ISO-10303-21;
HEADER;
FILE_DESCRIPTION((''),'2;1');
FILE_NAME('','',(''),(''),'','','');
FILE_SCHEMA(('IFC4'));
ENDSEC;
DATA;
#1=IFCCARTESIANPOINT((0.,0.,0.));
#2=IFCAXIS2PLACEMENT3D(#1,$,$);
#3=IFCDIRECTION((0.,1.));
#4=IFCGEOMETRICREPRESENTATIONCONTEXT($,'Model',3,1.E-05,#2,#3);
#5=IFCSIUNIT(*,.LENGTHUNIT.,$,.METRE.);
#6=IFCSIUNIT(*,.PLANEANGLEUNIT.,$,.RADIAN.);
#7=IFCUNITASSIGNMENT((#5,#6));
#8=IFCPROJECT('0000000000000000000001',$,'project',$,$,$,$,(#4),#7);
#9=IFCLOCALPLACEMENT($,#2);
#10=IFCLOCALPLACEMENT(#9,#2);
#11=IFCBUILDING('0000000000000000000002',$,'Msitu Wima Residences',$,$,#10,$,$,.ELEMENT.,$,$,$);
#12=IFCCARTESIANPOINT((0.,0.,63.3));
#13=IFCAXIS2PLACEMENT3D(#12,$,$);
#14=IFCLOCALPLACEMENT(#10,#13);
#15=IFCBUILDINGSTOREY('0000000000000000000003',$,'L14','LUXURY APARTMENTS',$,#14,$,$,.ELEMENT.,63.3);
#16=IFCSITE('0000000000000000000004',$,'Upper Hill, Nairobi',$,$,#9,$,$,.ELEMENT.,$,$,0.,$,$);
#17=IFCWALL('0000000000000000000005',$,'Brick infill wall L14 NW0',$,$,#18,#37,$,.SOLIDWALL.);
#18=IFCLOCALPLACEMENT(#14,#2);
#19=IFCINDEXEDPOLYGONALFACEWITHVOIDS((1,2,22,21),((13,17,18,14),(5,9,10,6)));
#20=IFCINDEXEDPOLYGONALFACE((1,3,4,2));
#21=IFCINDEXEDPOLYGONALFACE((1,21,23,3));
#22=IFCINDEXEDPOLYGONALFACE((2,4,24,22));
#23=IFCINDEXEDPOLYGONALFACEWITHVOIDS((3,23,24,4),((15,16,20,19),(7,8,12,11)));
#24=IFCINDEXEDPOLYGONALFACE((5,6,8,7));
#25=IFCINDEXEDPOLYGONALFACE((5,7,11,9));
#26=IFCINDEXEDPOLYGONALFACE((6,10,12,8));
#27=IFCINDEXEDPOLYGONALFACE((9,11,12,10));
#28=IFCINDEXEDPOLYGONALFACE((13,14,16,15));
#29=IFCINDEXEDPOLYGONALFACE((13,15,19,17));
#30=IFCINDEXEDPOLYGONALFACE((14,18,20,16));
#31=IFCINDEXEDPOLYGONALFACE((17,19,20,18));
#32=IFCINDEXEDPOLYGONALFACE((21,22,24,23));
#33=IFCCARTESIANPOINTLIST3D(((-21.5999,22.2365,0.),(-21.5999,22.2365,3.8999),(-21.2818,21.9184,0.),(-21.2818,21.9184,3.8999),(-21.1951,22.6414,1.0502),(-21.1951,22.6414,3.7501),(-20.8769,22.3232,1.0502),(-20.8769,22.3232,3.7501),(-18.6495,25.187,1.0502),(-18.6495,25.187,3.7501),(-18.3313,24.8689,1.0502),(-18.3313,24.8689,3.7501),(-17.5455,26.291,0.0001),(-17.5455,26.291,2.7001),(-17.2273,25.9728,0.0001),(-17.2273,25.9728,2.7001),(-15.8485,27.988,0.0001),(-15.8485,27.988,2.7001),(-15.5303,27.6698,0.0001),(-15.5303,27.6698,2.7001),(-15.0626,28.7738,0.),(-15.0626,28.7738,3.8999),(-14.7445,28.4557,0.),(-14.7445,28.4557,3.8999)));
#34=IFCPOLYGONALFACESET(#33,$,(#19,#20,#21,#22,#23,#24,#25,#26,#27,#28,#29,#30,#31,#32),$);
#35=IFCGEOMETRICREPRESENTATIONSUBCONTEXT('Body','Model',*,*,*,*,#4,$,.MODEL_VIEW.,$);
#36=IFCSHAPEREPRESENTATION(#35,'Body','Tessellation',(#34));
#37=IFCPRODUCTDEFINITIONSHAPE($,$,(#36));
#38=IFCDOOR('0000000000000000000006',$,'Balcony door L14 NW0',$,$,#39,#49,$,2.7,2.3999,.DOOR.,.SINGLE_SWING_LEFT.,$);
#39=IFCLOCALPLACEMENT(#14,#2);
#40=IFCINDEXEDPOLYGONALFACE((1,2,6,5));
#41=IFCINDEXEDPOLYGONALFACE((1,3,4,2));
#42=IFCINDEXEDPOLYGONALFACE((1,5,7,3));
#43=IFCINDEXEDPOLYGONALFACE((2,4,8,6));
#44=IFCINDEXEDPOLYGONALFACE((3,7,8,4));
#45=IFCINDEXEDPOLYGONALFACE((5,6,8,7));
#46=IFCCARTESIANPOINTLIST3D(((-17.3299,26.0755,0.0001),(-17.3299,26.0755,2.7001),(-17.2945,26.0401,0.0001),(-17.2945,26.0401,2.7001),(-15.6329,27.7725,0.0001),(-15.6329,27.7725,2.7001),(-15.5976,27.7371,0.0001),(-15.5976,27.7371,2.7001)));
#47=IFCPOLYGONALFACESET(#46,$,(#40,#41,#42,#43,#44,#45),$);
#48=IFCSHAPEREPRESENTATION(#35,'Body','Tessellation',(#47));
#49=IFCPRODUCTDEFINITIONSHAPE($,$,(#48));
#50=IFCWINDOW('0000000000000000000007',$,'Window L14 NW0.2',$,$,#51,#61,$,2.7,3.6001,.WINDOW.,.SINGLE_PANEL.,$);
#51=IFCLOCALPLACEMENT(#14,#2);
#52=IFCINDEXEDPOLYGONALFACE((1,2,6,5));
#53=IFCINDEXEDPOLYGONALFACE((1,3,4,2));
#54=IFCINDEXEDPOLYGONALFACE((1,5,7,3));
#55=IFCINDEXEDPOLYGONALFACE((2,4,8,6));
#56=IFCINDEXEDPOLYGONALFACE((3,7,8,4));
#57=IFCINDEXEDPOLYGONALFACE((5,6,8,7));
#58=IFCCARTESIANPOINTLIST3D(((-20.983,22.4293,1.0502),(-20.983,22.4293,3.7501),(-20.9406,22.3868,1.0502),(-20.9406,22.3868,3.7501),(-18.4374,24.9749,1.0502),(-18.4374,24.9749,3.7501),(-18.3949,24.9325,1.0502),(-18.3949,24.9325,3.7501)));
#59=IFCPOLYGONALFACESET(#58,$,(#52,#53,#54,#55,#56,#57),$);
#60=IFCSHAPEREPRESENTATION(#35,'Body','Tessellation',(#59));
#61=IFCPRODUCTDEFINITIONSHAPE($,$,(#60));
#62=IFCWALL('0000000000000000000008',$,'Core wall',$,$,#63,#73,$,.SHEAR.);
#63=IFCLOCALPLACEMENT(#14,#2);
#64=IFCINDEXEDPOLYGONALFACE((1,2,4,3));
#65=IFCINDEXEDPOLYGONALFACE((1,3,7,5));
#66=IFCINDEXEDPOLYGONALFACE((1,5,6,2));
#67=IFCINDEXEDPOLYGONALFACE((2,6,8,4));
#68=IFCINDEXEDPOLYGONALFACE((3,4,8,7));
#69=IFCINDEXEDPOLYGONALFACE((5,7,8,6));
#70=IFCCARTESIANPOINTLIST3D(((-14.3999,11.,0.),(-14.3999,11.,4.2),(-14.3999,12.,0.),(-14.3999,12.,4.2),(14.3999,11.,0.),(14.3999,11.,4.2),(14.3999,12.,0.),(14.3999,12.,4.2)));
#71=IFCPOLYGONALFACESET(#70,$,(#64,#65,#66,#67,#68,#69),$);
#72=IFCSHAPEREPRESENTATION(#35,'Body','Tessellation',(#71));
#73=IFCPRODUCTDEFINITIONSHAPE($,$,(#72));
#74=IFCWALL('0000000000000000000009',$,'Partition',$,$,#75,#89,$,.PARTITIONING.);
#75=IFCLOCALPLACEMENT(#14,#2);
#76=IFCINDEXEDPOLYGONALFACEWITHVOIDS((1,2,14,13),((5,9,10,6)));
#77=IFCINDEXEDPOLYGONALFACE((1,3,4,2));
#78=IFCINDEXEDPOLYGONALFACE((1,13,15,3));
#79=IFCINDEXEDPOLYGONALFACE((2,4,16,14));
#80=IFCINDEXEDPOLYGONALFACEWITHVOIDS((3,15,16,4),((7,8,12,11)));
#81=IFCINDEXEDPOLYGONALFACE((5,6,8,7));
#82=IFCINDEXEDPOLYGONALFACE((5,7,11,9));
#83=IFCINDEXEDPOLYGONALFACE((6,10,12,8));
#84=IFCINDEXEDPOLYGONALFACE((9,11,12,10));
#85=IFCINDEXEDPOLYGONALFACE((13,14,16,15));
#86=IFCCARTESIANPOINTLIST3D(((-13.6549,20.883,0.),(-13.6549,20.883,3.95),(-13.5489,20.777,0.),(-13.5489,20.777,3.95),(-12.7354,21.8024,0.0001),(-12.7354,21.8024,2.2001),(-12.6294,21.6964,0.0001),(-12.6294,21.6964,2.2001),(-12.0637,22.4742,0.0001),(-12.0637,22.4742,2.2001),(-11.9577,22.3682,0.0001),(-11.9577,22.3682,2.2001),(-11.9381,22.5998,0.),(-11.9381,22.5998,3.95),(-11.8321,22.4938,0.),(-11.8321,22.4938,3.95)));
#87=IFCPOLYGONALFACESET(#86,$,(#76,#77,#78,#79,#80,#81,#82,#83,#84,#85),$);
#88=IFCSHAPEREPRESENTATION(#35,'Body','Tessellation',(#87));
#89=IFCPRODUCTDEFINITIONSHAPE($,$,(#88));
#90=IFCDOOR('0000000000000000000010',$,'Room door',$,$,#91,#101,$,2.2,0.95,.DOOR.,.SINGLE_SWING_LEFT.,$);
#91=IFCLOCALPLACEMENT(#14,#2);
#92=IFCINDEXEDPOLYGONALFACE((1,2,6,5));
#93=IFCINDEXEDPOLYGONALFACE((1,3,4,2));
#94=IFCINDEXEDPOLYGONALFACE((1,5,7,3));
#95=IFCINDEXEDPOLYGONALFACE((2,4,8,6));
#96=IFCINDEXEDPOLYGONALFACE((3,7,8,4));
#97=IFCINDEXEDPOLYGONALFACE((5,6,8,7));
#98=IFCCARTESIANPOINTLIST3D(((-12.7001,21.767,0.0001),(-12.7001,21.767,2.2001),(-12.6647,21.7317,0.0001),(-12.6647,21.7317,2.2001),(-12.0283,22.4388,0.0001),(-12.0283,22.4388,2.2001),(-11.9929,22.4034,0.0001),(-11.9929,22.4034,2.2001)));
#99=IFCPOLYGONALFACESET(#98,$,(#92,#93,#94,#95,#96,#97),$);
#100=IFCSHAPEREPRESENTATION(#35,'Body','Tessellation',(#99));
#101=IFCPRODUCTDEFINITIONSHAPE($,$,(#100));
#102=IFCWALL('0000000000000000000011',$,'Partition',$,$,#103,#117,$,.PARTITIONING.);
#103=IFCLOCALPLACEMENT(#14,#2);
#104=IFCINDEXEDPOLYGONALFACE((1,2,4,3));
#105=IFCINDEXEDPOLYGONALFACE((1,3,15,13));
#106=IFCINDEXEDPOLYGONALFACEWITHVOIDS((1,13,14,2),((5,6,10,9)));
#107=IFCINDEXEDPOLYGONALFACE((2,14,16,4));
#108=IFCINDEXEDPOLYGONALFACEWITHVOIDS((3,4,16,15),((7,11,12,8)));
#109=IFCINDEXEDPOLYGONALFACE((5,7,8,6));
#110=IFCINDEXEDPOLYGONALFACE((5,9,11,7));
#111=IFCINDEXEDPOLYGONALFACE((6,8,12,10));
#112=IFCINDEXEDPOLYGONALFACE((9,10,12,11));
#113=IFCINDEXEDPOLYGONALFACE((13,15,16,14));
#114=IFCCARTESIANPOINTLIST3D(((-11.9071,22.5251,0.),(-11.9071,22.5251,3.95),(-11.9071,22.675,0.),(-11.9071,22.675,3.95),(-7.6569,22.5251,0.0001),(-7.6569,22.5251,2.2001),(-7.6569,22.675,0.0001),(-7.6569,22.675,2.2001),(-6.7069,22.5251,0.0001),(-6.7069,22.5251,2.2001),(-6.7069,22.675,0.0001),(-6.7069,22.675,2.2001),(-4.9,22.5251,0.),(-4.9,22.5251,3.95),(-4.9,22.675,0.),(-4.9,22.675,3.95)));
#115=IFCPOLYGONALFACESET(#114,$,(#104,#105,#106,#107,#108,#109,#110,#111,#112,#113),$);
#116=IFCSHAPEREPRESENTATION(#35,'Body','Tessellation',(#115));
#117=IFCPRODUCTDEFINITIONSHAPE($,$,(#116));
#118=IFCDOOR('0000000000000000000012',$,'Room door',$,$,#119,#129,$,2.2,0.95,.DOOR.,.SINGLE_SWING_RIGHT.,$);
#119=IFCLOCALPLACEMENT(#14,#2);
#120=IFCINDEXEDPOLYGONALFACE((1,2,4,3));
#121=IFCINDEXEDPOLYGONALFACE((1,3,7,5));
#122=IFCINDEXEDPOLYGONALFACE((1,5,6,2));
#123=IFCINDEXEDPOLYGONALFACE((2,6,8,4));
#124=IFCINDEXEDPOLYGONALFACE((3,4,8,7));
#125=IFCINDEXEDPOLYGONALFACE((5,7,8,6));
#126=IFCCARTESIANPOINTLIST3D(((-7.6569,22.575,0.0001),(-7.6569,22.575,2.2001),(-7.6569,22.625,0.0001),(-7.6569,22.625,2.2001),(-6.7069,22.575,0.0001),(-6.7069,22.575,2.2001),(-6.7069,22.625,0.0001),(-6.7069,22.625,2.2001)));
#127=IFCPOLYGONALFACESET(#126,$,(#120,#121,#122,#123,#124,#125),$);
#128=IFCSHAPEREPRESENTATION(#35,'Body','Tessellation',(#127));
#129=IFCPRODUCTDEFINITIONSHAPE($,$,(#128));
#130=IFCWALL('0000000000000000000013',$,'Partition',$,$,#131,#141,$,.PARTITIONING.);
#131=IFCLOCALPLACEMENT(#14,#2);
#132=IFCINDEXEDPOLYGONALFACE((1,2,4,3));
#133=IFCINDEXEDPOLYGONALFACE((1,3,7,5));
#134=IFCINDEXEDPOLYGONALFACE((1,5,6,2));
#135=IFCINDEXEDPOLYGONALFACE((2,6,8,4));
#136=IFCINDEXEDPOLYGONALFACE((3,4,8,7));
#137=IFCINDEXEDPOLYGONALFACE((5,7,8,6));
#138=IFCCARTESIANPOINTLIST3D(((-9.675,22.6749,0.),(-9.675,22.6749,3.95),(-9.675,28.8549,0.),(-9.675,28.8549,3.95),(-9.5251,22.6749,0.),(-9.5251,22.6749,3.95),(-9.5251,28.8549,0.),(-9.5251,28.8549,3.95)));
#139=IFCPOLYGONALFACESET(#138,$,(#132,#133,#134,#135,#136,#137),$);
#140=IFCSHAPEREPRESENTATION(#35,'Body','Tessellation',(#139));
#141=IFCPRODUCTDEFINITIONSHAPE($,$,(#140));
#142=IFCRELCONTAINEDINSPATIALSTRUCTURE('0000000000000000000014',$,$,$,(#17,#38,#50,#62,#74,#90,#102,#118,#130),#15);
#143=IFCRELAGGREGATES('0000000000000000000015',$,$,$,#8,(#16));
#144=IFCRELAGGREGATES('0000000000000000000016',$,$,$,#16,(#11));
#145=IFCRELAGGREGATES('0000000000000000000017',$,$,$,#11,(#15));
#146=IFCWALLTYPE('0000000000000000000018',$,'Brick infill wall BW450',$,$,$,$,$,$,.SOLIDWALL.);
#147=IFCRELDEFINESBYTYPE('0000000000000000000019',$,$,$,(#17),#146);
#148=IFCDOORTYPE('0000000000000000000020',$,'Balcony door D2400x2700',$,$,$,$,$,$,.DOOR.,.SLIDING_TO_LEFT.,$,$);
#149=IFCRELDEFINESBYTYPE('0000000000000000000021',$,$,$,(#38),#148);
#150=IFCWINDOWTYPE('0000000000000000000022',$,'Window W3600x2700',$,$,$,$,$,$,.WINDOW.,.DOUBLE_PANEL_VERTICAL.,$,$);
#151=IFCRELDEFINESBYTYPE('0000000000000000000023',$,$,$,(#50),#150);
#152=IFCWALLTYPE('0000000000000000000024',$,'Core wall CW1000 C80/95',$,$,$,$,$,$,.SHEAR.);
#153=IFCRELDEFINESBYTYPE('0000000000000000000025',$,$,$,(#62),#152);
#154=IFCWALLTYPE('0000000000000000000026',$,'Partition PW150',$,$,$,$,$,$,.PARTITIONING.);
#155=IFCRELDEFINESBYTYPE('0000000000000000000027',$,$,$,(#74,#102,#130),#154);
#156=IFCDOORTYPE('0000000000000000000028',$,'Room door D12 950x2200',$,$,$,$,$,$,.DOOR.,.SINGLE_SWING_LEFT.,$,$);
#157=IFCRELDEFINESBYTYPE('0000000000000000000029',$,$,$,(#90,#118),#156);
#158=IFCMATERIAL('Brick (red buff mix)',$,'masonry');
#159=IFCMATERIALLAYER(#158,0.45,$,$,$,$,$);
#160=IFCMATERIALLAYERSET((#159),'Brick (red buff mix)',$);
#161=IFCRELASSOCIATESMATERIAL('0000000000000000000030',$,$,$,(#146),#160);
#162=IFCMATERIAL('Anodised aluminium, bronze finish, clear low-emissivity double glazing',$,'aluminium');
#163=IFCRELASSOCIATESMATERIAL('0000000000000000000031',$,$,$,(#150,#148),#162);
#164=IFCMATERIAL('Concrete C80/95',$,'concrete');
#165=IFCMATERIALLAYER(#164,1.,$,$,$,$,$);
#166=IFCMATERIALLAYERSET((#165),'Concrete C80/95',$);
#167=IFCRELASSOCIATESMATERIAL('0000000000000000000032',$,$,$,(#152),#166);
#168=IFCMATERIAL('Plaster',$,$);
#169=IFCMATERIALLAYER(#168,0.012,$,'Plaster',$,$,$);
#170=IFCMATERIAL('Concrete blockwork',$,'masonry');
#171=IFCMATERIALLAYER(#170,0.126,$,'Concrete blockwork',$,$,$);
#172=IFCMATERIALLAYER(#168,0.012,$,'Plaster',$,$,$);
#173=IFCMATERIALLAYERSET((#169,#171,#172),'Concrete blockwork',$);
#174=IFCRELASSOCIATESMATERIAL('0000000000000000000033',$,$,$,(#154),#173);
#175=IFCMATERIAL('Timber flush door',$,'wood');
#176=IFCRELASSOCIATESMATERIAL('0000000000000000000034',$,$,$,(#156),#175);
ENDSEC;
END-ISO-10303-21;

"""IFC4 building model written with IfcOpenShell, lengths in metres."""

from ifc_helpers import new_model, si_unit, direction, frame, frame_2d, origin, place, context, subcontext, project, spatial, rectangle, extrude, material, layer, layer_set, type_object, element, fill, save


model = new_model("IFC4")

# Units and contexts
model_context = context("Model", 3, precision=1e-05, world=origin(), true_north=direction((0.0, 1.0)))
body_context = subcontext(model_context, "Body", "Model", "MODEL_VIEW")
ifc_project = project(units=[si_unit("LENGTHUNIT", "METRE"), si_unit("PLANEANGLEUNIT", "RADIAN")], contexts=[model_context])

# Site, building, storey
site_placement = place(None, origin())
site = spatial("IfcSite", under=ifc_project, at=site_placement, Name="Upper Hill, Nairobi", CompositionType="ELEMENT", RefElevation=0.0)
building_placement = place(site_placement, origin())
building = spatial("IfcBuilding", under=site, at=building_placement, Name="Msitu Wima Residences", CompositionType="ELEMENT")
storey_placement = place(building_placement, frame((0.0, 0.0, 63.3)))
storey = spatial("IfcBuildingStorey", under=building, at=storey_placement, Name="L14", Description="LUXURY APARTMENTS", CompositionType="ELEMENT", Elevation=63.3)

# Shared definitions
ifc_material_1 = material(Name="Concrete C80/95", Category="concrete")

# Shared definitions
ifc_material_2 = material(Name="Brick (red buff mix)", Category="masonry")
ifc_layer_1 = layer(ifc_material_2, 0.45)
ifc_layer_set_1 = layer_set([ifc_layer_1], Name="Brick (red buff mix)")
wall_type_1 = type_object("IfcWallType", Name="Brick infill wall BW450", PredefinedType="SOLIDWALL", material=ifc_layer_set_1)
ifc_material_3 = material(Name="Anodised aluminium, bronze finish, clear low-emissivity double glazing", Category="aluminium")
window_type = type_object("IfcWindowType", Name="Window W3600x2700", PartitioningType="DOUBLE_PANEL_VERTICAL", PredefinedType="WINDOW", material=ifc_material_3)

# Wall, openings, door, window
wall_1_placement = place(storey_placement, frame((-14.9036, 28.6147, 0.0), z_axis=(0.0, 0.0, 1.0), x_axis=(-0.707107, -0.707107, 0.0)))
wall_1 = element("IfcWall", 1, at=wall_1_placement, inside=storey, type_object=wall_type_1, Name="Brick infill wall L14 NW0", PredefinedType="SOLIDWALL", context=body_context, shape_type="SweptSolid", body=[
    extrude(rectangle(XDim=9.2451, YDim=0.45, at=frame_2d((4.6226, 0.0))), origin(), (0.0, 0.0, 1.0), 3.8999),
])
opening_1_placement = place(wall_1_placement, frame((1.1113, 0.0, 0.0)))
opening_1 = element("IfcOpeningElement", 2, at=opening_1_placement, cuts=wall_1, PredefinedType="OPENING", context=body_context, shape_type="SweptSolid", body=[
    extrude(rectangle(XDim=2.3999, YDim=2.7, at=frame_2d((1.2, 1.3501))), frame((0.0, 0.2349, 0.0), z_axis=(0.0, -1.0, 0.0), x_axis=(1.0, 0.0, 0.0)), (0.0, 0.0, 1.0), 0.47),
])
opening_2_placement = place(wall_1_placement, frame((5.0725, 0.0, 1.05)))
opening_2 = element("IfcOpeningElement", 3, at=opening_2_placement, cuts=wall_1, PredefinedType="OPENING", context=body_context, shape_type="SweptSolid", body=[
    extrude(rectangle(XDim=3.6001, YDim=2.7, at=frame_2d((1.8, 1.3501))), frame((0.0, 0.2349, 0.0), z_axis=(0.0, -1.0, 0.0), x_axis=(1.0, 0.0, 0.0)), (0.0, 0.0, 1.0), 0.47),
])
door_type_1 = type_object("IfcDoorType", Name="Balcony door D2400x2700", OperationType="SLIDING_TO_LEFT", PredefinedType="DOOR", material=ifc_material_3)
door_1_placement = place(opening_1_placement, origin())
door_1 = element("IfcDoor", 4, at=door_1_placement, inside=storey, type_object=door_type_1, Name="Balcony door L14 NW0", OperationType="SINGLE_SWING_LEFT", OverallHeight=2.7, OverallWidth=2.3999, PredefinedType="DOOR", context=body_context, shape_type="SweptSolid", body=[
    extrude(rectangle(XDim=2.3999, YDim=2.7, at=frame_2d((1.2, 1.3501))), frame((0.0, 0.1299, 0.0), z_axis=(0.0, -1.0, 0.0), x_axis=(1.0, 0.0, 0.0)), (0.0, 0.0, 1.0), 0.05),
])
fill(opening_1, door_1)
window_1_placement = place(opening_2_placement, origin())
window_1 = element("IfcWindow", 5, at=window_1_placement, inside=storey, type_object=window_type, Name="Window L14 NW0.2", OverallHeight=2.7, OverallWidth=3.6001, PartitioningType="SINGLE_PANEL", PredefinedType="WINDOW", context=body_context, shape_type="SweptSolid", body=[
    extrude(rectangle(XDim=3.6001, YDim=2.7, at=frame_2d((1.8, 1.3501))), frame((0.0, 0.135, 0.0), z_axis=(0.0, -1.0, 0.0), x_axis=(1.0, 0.0, 0.0)), (0.0, 0.0, 1.0), 0.0601),
])
fill(opening_2, window_1)

# Wall
ifc_layer_2 = layer(ifc_material_1, 1.0)
ifc_layer_set_2 = layer_set([ifc_layer_2], Name="Concrete C80/95")
wall_type_2 = type_object("IfcWallType", Name="Core wall CW1000 C80/95", PredefinedType="SHEAR", material=ifc_layer_set_2)
wall_2_placement = place(storey_placement, frame((-14.3999, 11.5, 0.0), z_axis=(0.0, 0.0, 1.0), x_axis=(1.0, 0.0, 0.0)))
element("IfcWall", 6, at=wall_2_placement, inside=storey, type_object=wall_type_2, Name="Core wall", PredefinedType="SHEAR", context=body_context, shape_type="SweptSolid", body=[
    extrude(rectangle(XDim=28.7998, YDim=1.0, at=frame_2d((14.3999, 0.0))), origin(), (0.0, 0.0, 1.0), 4.2),
])

# Walls, openings, doors
ifc_material_4 = material(Name="Plaster")
ifc_layer_3 = layer(ifc_material_4, 0.012, Name="Plaster")
ifc_material_5 = material(Name="Concrete blockwork", Category="masonry")
ifc_layer_4 = layer(ifc_material_5, 0.126, Name="Concrete blockwork")
ifc_layer_5 = layer(ifc_material_4, 0.012, Name="Plaster")
ifc_layer_set_3 = layer_set([ifc_layer_3, ifc_layer_4, ifc_layer_5], Name="Concrete blockwork")
wall_type_3 = type_object("IfcWallType", Name="Partition PW150", PredefinedType="PARTITIONING", material=ifc_layer_set_3)
wall_3_placement = place(storey_placement, frame((-13.6018, 20.8301, 0.0), z_axis=(0.0, 0.0, 1.0), x_axis=(0.707107, 0.707107, 0.0)))
wall_3 = element("IfcWall", 7, at=wall_3_placement, inside=storey, type_object=wall_type_3, Name="Partition", PredefinedType="PARTITIONING", context=body_context, shape_type="SweptSolid", body=[
    extrude(rectangle(XDim=2.428, YDim=0.1499, at=frame_2d((1.2139, 0.0))), origin(), (0.0, 0.0, 1.0), 3.95),
])
opening_3_placement = place(wall_3_placement, frame((1.3, 0.0, 0.0)))
opening_3 = element("IfcOpeningElement", 8, at=opening_3_placement, cuts=wall_3, PredefinedType="OPENING", context=body_context, shape_type="SweptSolid", body=[
    extrude(rectangle(XDim=0.95, YDim=2.2, at=frame_2d((0.4751, 1.1001))), frame((0.0, 0.085, 0.0), z_axis=(0.0, -1.0, 0.0), x_axis=(1.0, 0.0, 0.0)), (0.0, 0.0, 1.0), 0.1699),
])
ifc_material_6 = material(Name="Timber flush door", Category="wood")
door_type_2 = type_object("IfcDoorType", Name="Room door D12 950x2200", OperationType="SINGLE_SWING_LEFT", PredefinedType="DOOR", material=ifc_material_6)
door_2_placement = place(opening_3_placement, origin())
door_2 = element("IfcDoor", 9, at=door_2_placement, inside=storey, type_object=door_type_2, Name="Room door", OperationType="SINGLE_SWING_LEFT", OverallHeight=2.2, OverallWidth=0.95, PredefinedType="DOOR", context=body_context, shape_type="SweptSolid", body=[
    extrude(rectangle(XDim=0.95, YDim=2.2, at=frame_2d((0.4751, 1.1001))), frame((0.0, 0.0249, 0.0), z_axis=(0.0, -1.0, 0.0), x_axis=(1.0, 0.0, 0.0)), (0.0, 0.0, 1.0), 0.05),
])
fill(opening_3, door_2)
wall_4_placement = place(storey_placement, frame((-11.907, 22.6001, 0.0), z_axis=(0.0, 0.0, 1.0), x_axis=(1.0, 0.0, 0.0)))
wall_4 = element("IfcWall", 10, at=wall_4_placement, inside=storey, type_object=wall_type_3, Name="Partition", PredefinedType="PARTITIONING", context=body_context, shape_type="SweptSolid", body=[
    extrude(rectangle(XDim=7.0071, YDim=0.1499, at=frame_2d((3.5034, 0.0))), origin(), (0.0, 0.0, 1.0), 3.95),
])
opening_4_placement = place(wall_4_placement, frame((4.25, 0.0, 0.0)))
opening_4 = element("IfcOpeningElement", 11, at=opening_4_placement, cuts=wall_4, PredefinedType="OPENING", context=body_context, shape_type="SweptSolid", body=[
    extrude(rectangle(XDim=0.95, YDim=2.2, at=frame_2d((0.4751, 1.1001))), frame((0.0, 0.085, 0.0), z_axis=(0.0, -1.0, 0.0), x_axis=(1.0, 0.0, 0.0)), (0.0, 0.0, 1.0), 0.1699),
])
door_3_placement = place(opening_4_placement, origin())
door_3 = element("IfcDoor", 12, at=door_3_placement, inside=storey, type_object=door_type_2, Name="Room door", OperationType="SINGLE_SWING_RIGHT", OverallHeight=2.2, OverallWidth=0.95, PredefinedType="DOOR", context=body_context, shape_type="SweptSolid", body=[
    extrude(rectangle(XDim=0.95, YDim=2.2, at=frame_2d((0.4751, 1.1001))), frame((0.0, 0.0249, 0.0), z_axis=(0.0, -1.0, 0.0), x_axis=(1.0, 0.0, 0.0)), (0.0, 0.0, 1.0), 0.05),
])
fill(opening_4, door_3)

# Wall
wall_5_placement = place(storey_placement, frame((-9.6001, 22.675, 0.0), z_axis=(0.0, 0.0, 1.0), x_axis=(0.0, 1.0, 0.0)))
element("IfcWall", 13, at=wall_5_placement, inside=storey, type_object=wall_type_3, Name="Partition", PredefinedType="PARTITIONING", context=body_context, shape_type="SweptSolid", body=[
    extrude(rectangle(XDim=6.1799, YDim=0.1499, at=frame_2d((3.0898, 0.0))), origin(), (0.0, 0.0, 1.0), 3.95),
])

save(model, "model.ifc")
